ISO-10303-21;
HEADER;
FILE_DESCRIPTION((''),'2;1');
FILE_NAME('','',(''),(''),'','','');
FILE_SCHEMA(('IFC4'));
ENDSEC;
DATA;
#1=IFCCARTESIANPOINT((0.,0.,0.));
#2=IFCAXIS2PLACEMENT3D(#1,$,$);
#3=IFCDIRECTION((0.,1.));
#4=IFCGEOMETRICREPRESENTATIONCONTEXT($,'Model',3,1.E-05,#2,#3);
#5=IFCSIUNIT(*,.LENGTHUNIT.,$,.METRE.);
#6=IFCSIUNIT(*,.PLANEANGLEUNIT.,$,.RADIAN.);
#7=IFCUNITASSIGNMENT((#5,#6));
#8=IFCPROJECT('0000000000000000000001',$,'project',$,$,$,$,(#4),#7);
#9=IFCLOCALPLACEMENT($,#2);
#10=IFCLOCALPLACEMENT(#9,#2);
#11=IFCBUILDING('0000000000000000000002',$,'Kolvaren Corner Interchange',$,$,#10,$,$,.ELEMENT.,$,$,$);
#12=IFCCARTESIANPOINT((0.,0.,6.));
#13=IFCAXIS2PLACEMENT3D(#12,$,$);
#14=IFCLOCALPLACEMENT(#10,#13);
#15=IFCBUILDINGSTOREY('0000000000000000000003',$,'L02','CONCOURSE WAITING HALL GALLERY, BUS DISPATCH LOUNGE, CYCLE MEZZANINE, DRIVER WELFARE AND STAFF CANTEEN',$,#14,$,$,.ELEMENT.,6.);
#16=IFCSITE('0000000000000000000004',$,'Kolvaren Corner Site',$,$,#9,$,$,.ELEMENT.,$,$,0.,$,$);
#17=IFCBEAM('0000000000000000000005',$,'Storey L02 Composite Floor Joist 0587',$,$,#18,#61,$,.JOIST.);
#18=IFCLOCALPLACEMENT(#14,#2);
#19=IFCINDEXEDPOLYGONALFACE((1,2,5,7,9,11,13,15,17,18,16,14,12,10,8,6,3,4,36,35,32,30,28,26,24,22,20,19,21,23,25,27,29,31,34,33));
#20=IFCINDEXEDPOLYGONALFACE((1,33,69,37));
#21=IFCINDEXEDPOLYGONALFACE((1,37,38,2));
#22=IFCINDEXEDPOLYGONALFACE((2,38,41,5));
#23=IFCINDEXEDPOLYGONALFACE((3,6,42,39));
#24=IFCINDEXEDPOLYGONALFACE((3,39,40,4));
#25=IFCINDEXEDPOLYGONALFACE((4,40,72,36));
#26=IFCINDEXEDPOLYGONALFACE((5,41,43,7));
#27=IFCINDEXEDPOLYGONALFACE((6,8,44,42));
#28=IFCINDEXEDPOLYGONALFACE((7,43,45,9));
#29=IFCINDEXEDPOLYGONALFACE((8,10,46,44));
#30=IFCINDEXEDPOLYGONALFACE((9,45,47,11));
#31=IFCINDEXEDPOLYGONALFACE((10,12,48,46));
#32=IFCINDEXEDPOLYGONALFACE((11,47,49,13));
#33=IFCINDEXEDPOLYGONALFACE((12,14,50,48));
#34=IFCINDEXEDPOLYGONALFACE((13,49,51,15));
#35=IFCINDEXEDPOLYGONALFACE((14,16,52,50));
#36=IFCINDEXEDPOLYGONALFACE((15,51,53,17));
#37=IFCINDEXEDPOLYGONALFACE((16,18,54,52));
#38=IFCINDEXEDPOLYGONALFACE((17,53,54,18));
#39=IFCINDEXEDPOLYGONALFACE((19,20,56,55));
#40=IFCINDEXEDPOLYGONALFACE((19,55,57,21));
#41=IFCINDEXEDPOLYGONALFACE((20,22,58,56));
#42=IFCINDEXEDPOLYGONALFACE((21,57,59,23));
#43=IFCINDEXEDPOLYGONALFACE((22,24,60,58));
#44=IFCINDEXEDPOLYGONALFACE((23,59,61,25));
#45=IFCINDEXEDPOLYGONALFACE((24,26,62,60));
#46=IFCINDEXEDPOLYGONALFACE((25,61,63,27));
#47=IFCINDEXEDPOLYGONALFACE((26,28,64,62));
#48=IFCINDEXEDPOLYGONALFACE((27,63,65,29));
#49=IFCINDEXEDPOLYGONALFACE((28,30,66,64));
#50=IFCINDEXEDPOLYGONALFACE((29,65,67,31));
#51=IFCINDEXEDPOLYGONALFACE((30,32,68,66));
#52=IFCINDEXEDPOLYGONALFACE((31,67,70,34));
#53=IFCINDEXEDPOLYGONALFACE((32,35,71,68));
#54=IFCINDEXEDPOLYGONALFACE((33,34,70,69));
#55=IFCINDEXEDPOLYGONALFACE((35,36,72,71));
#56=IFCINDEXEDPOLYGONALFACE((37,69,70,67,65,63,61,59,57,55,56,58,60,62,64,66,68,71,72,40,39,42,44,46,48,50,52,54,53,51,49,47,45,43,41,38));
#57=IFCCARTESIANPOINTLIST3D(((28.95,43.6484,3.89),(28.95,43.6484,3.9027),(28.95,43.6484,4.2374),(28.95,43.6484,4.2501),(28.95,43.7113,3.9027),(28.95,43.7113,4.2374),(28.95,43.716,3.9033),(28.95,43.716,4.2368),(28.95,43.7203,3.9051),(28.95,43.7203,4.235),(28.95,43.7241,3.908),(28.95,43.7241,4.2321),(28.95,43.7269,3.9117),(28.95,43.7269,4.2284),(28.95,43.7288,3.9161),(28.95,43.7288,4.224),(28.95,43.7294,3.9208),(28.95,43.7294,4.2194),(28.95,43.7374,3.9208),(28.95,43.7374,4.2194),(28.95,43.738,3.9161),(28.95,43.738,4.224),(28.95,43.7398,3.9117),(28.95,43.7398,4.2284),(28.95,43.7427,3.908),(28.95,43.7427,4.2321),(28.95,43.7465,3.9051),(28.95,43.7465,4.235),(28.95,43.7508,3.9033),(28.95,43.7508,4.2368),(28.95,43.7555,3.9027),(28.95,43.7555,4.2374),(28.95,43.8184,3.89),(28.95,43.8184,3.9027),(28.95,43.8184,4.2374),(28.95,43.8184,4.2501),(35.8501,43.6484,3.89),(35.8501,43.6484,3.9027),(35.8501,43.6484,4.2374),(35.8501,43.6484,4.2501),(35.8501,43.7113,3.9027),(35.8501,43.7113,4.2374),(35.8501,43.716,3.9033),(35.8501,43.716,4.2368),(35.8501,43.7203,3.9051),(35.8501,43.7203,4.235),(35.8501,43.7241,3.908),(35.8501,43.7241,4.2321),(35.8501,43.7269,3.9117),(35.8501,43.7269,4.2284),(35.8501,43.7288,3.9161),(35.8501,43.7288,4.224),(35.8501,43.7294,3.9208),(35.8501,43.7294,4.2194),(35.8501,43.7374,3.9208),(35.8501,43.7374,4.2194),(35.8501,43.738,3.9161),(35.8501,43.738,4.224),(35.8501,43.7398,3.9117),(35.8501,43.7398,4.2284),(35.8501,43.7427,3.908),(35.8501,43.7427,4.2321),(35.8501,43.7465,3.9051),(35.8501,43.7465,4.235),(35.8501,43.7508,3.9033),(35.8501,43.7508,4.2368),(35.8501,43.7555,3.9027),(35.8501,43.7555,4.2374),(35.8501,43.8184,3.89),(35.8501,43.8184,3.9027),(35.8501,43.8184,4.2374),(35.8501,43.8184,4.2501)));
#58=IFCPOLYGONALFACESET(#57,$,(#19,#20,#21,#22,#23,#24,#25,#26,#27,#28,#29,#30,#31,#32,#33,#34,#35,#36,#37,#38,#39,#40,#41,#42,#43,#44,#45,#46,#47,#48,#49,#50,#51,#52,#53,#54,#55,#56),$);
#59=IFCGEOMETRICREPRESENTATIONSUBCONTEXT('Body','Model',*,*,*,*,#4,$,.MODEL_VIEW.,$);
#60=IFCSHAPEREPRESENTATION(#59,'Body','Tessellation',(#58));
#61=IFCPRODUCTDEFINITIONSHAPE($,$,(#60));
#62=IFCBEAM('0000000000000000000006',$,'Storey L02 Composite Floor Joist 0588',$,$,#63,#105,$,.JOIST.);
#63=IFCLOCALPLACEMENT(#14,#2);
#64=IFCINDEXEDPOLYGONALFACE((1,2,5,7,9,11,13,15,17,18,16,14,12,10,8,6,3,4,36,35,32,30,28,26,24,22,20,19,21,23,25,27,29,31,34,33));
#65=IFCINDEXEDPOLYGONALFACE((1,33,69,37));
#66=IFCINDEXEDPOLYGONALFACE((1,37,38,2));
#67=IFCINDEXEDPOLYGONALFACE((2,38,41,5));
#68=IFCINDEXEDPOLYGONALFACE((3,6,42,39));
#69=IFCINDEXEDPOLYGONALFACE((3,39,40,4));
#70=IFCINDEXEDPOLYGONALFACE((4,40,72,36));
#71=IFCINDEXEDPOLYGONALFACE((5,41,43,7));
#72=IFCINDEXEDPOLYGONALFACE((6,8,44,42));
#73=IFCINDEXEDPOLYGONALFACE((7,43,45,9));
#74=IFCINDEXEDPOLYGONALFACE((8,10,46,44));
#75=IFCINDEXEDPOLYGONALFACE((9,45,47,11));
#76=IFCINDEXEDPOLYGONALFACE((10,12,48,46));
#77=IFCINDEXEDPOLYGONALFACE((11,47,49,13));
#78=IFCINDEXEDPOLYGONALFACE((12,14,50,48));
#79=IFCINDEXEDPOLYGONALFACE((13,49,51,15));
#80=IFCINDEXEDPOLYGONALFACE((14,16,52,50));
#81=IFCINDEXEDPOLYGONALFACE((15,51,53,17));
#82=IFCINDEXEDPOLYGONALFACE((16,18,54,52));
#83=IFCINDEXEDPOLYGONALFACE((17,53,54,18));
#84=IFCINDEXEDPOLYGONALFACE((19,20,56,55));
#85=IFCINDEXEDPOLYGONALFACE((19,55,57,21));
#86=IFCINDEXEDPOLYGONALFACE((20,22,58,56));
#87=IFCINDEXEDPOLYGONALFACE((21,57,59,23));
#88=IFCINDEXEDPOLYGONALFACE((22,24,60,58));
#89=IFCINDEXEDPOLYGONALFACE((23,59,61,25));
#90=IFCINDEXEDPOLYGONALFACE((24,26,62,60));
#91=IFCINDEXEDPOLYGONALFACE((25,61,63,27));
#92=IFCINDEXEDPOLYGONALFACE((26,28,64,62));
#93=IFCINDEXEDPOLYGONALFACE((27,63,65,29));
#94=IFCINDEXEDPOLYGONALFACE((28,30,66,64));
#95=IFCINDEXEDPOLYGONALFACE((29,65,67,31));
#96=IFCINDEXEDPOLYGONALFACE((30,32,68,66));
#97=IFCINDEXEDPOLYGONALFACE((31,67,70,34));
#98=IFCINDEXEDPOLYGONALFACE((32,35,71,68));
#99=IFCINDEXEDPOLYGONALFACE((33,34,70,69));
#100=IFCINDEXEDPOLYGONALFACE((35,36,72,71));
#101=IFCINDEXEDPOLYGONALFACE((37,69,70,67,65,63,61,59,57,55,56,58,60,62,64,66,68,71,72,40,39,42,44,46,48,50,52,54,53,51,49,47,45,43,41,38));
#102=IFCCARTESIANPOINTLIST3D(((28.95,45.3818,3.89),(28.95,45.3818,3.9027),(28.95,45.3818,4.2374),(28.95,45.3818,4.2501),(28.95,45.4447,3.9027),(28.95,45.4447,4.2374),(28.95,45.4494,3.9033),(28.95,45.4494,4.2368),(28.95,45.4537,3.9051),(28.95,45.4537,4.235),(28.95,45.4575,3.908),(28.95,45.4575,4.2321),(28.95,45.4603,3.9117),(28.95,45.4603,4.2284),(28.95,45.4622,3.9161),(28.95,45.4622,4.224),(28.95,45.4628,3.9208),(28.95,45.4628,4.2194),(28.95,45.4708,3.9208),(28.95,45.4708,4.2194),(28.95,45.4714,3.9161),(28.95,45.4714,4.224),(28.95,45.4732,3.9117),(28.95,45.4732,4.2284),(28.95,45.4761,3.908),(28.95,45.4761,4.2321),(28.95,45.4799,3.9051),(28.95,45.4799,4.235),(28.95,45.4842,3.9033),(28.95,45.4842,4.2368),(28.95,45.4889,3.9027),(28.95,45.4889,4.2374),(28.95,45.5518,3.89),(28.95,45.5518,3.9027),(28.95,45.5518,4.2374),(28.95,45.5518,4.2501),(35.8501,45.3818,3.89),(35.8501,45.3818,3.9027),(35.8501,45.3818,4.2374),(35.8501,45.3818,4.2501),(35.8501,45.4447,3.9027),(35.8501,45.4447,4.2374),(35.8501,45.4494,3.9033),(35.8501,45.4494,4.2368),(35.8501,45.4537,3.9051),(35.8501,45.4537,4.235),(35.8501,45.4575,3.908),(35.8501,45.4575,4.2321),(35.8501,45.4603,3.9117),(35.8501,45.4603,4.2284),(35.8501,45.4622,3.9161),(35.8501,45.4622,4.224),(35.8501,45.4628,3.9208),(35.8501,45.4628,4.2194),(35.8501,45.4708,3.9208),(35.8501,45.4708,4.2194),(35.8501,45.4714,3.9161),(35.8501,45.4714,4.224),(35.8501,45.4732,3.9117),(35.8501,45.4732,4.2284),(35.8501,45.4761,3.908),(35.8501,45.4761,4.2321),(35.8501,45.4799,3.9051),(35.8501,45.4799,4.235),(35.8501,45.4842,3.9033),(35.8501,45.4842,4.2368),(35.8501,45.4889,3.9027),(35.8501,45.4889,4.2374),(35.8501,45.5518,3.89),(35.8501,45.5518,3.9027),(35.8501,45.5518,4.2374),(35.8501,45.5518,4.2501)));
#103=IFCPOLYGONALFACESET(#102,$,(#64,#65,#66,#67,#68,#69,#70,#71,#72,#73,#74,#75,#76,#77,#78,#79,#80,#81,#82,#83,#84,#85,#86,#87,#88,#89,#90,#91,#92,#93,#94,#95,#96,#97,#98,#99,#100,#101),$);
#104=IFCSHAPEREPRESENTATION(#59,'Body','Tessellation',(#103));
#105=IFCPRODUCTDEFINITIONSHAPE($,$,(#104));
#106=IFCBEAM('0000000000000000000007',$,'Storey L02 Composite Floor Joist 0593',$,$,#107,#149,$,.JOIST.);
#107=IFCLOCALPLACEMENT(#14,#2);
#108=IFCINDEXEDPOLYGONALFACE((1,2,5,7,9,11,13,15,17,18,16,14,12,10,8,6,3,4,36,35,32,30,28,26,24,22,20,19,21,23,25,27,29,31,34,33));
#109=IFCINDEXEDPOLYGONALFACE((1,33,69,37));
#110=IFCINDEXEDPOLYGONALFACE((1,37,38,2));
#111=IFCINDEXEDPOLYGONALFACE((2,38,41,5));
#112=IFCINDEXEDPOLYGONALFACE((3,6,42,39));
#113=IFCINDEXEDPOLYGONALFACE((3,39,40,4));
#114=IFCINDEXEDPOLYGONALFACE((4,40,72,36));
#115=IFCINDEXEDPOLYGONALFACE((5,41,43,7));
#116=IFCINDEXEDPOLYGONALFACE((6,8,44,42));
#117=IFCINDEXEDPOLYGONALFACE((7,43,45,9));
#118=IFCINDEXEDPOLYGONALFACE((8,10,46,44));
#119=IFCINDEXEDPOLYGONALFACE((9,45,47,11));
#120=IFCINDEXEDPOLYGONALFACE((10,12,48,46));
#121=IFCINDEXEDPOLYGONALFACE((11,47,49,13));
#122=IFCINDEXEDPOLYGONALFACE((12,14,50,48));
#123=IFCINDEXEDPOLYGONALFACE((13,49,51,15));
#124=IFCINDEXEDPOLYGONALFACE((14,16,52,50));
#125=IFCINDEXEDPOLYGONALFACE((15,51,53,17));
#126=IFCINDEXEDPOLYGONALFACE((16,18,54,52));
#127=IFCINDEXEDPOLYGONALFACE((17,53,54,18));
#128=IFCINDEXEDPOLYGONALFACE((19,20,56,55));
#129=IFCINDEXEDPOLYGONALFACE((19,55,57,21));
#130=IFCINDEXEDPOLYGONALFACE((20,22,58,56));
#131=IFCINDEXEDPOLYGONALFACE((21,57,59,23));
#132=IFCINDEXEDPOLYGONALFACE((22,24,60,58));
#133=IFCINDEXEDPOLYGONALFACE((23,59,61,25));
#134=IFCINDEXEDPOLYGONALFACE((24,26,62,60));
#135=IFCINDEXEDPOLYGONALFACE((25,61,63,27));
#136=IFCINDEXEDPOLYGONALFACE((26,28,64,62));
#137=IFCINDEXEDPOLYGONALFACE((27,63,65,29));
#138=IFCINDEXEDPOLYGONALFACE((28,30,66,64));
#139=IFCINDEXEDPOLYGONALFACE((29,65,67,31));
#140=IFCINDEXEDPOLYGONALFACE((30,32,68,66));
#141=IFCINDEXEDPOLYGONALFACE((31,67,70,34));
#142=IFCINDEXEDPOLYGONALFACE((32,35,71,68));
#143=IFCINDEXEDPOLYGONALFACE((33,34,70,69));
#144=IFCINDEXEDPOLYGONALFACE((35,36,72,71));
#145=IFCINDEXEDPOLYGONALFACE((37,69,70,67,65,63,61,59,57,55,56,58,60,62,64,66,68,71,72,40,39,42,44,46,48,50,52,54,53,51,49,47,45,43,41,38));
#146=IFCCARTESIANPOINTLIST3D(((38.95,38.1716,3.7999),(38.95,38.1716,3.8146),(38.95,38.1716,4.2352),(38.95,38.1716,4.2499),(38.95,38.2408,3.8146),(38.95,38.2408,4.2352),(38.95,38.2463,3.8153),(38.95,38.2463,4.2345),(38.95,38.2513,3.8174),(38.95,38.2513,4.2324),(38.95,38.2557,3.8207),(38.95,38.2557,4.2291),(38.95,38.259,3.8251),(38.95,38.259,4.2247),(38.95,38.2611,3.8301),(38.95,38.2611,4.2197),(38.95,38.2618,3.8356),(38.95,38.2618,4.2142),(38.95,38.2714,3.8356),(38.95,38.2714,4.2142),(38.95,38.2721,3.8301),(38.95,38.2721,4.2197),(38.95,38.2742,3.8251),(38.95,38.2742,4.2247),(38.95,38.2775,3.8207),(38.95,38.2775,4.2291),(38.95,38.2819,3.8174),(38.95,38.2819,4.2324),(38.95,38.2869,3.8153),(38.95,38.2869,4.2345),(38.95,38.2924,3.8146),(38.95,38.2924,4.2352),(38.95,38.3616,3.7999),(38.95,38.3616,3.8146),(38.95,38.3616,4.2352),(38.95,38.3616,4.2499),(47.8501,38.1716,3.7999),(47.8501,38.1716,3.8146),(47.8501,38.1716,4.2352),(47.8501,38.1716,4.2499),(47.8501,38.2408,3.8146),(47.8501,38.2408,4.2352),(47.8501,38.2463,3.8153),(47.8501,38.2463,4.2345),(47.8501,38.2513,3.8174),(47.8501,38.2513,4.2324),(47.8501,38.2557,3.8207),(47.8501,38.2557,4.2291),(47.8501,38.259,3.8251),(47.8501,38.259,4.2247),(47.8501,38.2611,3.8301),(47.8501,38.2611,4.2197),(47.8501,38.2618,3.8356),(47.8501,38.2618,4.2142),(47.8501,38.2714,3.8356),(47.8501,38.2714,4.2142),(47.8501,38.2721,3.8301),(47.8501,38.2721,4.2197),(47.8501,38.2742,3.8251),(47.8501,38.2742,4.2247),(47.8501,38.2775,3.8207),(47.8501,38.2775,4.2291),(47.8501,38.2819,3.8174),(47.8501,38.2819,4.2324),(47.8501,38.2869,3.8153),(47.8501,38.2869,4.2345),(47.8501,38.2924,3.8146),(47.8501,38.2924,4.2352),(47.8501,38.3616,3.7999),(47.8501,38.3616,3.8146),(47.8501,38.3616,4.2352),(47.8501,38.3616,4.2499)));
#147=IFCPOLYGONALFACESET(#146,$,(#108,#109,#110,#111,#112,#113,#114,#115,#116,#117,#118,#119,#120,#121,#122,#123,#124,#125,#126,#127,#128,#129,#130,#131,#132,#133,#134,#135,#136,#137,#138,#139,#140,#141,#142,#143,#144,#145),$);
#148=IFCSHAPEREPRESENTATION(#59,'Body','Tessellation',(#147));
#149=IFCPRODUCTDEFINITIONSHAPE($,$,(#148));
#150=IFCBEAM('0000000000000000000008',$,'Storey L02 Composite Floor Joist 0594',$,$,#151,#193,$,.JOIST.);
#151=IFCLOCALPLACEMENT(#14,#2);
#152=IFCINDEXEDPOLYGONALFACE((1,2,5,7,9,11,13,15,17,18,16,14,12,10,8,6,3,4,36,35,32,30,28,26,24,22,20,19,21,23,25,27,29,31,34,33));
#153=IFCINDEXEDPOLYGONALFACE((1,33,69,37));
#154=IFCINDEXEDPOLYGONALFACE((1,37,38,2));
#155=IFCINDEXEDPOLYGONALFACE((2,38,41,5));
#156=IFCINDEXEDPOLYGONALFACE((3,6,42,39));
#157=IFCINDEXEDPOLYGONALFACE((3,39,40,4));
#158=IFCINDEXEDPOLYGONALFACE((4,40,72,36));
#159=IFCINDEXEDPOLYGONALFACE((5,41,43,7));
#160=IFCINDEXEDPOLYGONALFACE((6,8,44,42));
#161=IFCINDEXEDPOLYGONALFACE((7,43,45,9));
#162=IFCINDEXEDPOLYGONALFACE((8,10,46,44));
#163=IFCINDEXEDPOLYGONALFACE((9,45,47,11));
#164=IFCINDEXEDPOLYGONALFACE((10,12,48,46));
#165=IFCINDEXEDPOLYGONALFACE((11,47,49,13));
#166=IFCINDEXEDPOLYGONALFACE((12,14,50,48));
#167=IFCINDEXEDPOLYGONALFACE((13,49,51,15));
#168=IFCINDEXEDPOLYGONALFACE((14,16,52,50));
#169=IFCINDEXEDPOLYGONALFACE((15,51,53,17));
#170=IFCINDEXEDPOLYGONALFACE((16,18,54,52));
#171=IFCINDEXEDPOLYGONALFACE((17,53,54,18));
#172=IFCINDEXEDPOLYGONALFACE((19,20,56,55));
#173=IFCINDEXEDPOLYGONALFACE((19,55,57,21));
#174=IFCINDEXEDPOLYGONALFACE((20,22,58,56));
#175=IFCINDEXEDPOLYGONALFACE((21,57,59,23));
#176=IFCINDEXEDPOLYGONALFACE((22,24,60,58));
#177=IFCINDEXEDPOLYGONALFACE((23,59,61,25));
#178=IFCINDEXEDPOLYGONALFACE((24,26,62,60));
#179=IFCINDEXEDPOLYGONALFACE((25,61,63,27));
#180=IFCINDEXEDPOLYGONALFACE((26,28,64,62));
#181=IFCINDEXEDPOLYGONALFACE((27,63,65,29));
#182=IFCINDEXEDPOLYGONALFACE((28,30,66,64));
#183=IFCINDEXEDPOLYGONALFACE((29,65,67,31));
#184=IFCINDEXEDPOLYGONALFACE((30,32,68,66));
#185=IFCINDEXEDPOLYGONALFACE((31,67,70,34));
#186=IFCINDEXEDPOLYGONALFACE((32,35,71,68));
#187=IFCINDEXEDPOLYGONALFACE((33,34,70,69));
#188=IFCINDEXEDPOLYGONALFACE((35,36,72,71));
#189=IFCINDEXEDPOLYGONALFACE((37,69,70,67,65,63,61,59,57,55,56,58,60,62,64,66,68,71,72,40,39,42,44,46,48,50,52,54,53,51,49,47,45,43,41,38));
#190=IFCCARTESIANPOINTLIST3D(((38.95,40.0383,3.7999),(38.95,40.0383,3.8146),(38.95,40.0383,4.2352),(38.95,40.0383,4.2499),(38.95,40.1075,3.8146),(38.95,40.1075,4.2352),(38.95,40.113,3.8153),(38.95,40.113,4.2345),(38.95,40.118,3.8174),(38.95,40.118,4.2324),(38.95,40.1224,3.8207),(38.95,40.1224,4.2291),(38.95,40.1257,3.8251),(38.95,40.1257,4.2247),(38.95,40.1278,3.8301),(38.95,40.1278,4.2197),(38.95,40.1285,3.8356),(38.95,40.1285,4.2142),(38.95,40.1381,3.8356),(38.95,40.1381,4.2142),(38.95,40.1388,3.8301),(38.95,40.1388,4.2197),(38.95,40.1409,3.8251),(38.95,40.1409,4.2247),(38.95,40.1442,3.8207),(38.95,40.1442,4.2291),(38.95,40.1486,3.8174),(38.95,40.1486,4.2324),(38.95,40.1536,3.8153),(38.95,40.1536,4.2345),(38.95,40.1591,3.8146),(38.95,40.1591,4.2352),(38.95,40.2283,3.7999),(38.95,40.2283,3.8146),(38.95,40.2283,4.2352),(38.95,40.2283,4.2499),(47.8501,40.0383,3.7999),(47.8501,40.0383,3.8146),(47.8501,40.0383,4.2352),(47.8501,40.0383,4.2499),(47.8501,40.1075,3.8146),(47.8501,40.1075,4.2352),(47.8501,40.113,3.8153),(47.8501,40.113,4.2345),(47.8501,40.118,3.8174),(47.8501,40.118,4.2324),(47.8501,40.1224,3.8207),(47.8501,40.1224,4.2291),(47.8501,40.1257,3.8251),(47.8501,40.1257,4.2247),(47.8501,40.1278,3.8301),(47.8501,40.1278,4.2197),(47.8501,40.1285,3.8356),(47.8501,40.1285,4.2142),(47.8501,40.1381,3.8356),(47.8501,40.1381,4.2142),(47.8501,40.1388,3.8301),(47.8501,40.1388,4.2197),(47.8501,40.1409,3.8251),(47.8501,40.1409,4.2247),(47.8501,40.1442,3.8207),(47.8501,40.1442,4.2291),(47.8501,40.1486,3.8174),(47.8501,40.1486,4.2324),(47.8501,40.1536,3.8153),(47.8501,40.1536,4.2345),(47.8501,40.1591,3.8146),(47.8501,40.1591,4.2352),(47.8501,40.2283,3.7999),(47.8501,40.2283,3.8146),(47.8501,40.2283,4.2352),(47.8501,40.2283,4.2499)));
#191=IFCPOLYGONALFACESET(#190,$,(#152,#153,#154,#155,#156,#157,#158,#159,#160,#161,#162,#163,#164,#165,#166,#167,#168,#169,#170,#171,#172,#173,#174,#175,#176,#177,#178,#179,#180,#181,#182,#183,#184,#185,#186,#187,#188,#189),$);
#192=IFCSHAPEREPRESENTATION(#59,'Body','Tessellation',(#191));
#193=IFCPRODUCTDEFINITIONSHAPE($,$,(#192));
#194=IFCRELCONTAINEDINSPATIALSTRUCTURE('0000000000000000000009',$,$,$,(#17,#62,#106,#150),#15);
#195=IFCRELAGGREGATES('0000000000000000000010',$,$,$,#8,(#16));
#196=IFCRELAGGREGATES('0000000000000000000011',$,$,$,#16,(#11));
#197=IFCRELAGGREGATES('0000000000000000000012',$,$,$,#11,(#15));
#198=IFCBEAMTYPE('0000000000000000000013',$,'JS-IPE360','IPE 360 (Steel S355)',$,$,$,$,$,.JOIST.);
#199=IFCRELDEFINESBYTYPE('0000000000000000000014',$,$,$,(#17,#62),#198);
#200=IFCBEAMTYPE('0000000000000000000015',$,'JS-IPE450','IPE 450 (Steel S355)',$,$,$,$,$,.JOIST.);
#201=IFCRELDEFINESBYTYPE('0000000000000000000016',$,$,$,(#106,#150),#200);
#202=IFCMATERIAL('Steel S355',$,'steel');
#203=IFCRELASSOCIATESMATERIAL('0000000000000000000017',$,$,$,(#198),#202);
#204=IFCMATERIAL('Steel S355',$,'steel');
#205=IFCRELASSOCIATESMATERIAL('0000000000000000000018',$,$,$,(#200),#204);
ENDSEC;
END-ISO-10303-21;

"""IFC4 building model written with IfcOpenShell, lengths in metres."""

from ifc_helpers import new_model, si_unit, direction, frame, origin, origin_2d, place, context, subcontext, project, spatial, i_section, extrude, material, material_profile, profile_set, type_object, element, save


model = new_model("IFC4")

# Units and contexts
model_context = context("Model", 3, precision=1e-05, world=origin(), true_north=direction((0.0, 1.0)))
body_context = subcontext(model_context, "Body", "Model", "MODEL_VIEW")
ifc_project = project(units=[si_unit("LENGTHUNIT", "METRE"), si_unit("PLANEANGLEUNIT", "RADIAN")], contexts=[model_context])

# Site, building, storey
site_placement = place(None, origin())
site = spatial("IfcSite", under=ifc_project, at=site_placement, Name="Kolvaren Corner Site", CompositionType="ELEMENT", RefElevation=0.0)
building_placement = place(site_placement, origin())
building = spatial("IfcBuilding", under=site, at=building_placement, Name="Kolvaren Corner Interchange", CompositionType="ELEMENT")
storey_placement = place(building_placement, frame((0.0, 0.0, 6.0)))
storey = spatial("IfcBuildingStorey", under=building, at=storey_placement, Name="L02", Description="CONCOURSE WAITING HALL GALLERY, BUS DISPATCH LOUNGE, CYCLE MEZZANINE, DRIVER WELFARE AND STAFF CANTEEN", CompositionType="ELEMENT", Elevation=6.0)

# Beams
ifc_material_1 = material(Name="Steel S355", Category="steel")
ifc_material_profile_1 = material_profile(ifc_material_1, i_section(OverallWidth=0.1699, OverallDepth=0.3601, WebThickness=0.0081, FlangeThickness=0.0127, FilletRadius=0.0181, at=origin_2d()), Name="IPE 360")
ifc_profile_set_1 = profile_set([ifc_material_profile_1], Name="Steel S355")
beam_type_1 = type_object("IfcBeamType", Name="JS-IPE360", Description="IPE 360 (Steel S355)", PredefinedType="JOIST", material=ifc_profile_set_1)
for number, where, z_axis, x_axis, name in (
    (1, (28.95, 43.7334, 4.0701), (1.0, 0.0, 0.0), (0.0, 1.0, 0.0), "Storey L02 Composite Floor Joist 0587"),
    (2, (28.95, 45.4668, 4.0701), (1.0, 0.0, 0.0), (0.0, 1.0, 0.0), "Storey L02 Composite Floor Joist 0588"),
):
    element("IfcBeam", number, at=place(storey_placement, frame(where, z_axis=z_axis, x_axis=x_axis)), inside=storey, type_object=beam_type_1, Name=name, PredefinedType="JOIST", context=body_context, shape_type="SweptSolid", body=[
        extrude(i_section(OverallWidth=0.1699, OverallDepth=0.3601, WebThickness=0.0081, FlangeThickness=0.0127, FilletRadius=0.0181, at=origin_2d()), origin(), (0.0, 0.0, 1.0), 6.9001),
    ])
ifc_material_2 = material(Name="Steel S355", Category="steel")
ifc_material_profile_2 = material_profile(ifc_material_2, i_section(OverallWidth=0.1899, OverallDepth=0.45, WebThickness=0.0095, FlangeThickness=0.0146, FilletRadius=0.021, at=origin_2d()), Name="IPE 450")
ifc_profile_set_2 = profile_set([ifc_material_profile_2], Name="Steel S355")
beam_type_2 = type_object("IfcBeamType", Name="JS-IPE450", Description="IPE 450 (Steel S355)", PredefinedType="JOIST", material=ifc_profile_set_2)
for number, where, z_axis, x_axis, name in (
    (3, (38.95, 38.2666, 4.0249), (1.0, 0.0, 0.0), (0.0, 1.0, 0.0), "Storey L02 Composite Floor Joist 0593"),
    (4, (38.95, 40.1333, 4.0249), (1.0, 0.0, 0.0), (0.0, 1.0, 0.0), "Storey L02 Composite Floor Joist 0594"),
):
    element("IfcBeam", number, at=place(storey_placement, frame(where, z_axis=z_axis, x_axis=x_axis)), inside=storey, type_object=beam_type_2, Name=name, PredefinedType="JOIST", context=body_context, shape_type="SweptSolid", body=[
        extrude(i_section(OverallWidth=0.1899, OverallDepth=0.45, WebThickness=0.0095, FlangeThickness=0.0146, FilletRadius=0.021, at=origin_2d()), origin(), (0.0, 0.0, 1.0), 8.9001),
    ])

save(model, "model.ifc")
